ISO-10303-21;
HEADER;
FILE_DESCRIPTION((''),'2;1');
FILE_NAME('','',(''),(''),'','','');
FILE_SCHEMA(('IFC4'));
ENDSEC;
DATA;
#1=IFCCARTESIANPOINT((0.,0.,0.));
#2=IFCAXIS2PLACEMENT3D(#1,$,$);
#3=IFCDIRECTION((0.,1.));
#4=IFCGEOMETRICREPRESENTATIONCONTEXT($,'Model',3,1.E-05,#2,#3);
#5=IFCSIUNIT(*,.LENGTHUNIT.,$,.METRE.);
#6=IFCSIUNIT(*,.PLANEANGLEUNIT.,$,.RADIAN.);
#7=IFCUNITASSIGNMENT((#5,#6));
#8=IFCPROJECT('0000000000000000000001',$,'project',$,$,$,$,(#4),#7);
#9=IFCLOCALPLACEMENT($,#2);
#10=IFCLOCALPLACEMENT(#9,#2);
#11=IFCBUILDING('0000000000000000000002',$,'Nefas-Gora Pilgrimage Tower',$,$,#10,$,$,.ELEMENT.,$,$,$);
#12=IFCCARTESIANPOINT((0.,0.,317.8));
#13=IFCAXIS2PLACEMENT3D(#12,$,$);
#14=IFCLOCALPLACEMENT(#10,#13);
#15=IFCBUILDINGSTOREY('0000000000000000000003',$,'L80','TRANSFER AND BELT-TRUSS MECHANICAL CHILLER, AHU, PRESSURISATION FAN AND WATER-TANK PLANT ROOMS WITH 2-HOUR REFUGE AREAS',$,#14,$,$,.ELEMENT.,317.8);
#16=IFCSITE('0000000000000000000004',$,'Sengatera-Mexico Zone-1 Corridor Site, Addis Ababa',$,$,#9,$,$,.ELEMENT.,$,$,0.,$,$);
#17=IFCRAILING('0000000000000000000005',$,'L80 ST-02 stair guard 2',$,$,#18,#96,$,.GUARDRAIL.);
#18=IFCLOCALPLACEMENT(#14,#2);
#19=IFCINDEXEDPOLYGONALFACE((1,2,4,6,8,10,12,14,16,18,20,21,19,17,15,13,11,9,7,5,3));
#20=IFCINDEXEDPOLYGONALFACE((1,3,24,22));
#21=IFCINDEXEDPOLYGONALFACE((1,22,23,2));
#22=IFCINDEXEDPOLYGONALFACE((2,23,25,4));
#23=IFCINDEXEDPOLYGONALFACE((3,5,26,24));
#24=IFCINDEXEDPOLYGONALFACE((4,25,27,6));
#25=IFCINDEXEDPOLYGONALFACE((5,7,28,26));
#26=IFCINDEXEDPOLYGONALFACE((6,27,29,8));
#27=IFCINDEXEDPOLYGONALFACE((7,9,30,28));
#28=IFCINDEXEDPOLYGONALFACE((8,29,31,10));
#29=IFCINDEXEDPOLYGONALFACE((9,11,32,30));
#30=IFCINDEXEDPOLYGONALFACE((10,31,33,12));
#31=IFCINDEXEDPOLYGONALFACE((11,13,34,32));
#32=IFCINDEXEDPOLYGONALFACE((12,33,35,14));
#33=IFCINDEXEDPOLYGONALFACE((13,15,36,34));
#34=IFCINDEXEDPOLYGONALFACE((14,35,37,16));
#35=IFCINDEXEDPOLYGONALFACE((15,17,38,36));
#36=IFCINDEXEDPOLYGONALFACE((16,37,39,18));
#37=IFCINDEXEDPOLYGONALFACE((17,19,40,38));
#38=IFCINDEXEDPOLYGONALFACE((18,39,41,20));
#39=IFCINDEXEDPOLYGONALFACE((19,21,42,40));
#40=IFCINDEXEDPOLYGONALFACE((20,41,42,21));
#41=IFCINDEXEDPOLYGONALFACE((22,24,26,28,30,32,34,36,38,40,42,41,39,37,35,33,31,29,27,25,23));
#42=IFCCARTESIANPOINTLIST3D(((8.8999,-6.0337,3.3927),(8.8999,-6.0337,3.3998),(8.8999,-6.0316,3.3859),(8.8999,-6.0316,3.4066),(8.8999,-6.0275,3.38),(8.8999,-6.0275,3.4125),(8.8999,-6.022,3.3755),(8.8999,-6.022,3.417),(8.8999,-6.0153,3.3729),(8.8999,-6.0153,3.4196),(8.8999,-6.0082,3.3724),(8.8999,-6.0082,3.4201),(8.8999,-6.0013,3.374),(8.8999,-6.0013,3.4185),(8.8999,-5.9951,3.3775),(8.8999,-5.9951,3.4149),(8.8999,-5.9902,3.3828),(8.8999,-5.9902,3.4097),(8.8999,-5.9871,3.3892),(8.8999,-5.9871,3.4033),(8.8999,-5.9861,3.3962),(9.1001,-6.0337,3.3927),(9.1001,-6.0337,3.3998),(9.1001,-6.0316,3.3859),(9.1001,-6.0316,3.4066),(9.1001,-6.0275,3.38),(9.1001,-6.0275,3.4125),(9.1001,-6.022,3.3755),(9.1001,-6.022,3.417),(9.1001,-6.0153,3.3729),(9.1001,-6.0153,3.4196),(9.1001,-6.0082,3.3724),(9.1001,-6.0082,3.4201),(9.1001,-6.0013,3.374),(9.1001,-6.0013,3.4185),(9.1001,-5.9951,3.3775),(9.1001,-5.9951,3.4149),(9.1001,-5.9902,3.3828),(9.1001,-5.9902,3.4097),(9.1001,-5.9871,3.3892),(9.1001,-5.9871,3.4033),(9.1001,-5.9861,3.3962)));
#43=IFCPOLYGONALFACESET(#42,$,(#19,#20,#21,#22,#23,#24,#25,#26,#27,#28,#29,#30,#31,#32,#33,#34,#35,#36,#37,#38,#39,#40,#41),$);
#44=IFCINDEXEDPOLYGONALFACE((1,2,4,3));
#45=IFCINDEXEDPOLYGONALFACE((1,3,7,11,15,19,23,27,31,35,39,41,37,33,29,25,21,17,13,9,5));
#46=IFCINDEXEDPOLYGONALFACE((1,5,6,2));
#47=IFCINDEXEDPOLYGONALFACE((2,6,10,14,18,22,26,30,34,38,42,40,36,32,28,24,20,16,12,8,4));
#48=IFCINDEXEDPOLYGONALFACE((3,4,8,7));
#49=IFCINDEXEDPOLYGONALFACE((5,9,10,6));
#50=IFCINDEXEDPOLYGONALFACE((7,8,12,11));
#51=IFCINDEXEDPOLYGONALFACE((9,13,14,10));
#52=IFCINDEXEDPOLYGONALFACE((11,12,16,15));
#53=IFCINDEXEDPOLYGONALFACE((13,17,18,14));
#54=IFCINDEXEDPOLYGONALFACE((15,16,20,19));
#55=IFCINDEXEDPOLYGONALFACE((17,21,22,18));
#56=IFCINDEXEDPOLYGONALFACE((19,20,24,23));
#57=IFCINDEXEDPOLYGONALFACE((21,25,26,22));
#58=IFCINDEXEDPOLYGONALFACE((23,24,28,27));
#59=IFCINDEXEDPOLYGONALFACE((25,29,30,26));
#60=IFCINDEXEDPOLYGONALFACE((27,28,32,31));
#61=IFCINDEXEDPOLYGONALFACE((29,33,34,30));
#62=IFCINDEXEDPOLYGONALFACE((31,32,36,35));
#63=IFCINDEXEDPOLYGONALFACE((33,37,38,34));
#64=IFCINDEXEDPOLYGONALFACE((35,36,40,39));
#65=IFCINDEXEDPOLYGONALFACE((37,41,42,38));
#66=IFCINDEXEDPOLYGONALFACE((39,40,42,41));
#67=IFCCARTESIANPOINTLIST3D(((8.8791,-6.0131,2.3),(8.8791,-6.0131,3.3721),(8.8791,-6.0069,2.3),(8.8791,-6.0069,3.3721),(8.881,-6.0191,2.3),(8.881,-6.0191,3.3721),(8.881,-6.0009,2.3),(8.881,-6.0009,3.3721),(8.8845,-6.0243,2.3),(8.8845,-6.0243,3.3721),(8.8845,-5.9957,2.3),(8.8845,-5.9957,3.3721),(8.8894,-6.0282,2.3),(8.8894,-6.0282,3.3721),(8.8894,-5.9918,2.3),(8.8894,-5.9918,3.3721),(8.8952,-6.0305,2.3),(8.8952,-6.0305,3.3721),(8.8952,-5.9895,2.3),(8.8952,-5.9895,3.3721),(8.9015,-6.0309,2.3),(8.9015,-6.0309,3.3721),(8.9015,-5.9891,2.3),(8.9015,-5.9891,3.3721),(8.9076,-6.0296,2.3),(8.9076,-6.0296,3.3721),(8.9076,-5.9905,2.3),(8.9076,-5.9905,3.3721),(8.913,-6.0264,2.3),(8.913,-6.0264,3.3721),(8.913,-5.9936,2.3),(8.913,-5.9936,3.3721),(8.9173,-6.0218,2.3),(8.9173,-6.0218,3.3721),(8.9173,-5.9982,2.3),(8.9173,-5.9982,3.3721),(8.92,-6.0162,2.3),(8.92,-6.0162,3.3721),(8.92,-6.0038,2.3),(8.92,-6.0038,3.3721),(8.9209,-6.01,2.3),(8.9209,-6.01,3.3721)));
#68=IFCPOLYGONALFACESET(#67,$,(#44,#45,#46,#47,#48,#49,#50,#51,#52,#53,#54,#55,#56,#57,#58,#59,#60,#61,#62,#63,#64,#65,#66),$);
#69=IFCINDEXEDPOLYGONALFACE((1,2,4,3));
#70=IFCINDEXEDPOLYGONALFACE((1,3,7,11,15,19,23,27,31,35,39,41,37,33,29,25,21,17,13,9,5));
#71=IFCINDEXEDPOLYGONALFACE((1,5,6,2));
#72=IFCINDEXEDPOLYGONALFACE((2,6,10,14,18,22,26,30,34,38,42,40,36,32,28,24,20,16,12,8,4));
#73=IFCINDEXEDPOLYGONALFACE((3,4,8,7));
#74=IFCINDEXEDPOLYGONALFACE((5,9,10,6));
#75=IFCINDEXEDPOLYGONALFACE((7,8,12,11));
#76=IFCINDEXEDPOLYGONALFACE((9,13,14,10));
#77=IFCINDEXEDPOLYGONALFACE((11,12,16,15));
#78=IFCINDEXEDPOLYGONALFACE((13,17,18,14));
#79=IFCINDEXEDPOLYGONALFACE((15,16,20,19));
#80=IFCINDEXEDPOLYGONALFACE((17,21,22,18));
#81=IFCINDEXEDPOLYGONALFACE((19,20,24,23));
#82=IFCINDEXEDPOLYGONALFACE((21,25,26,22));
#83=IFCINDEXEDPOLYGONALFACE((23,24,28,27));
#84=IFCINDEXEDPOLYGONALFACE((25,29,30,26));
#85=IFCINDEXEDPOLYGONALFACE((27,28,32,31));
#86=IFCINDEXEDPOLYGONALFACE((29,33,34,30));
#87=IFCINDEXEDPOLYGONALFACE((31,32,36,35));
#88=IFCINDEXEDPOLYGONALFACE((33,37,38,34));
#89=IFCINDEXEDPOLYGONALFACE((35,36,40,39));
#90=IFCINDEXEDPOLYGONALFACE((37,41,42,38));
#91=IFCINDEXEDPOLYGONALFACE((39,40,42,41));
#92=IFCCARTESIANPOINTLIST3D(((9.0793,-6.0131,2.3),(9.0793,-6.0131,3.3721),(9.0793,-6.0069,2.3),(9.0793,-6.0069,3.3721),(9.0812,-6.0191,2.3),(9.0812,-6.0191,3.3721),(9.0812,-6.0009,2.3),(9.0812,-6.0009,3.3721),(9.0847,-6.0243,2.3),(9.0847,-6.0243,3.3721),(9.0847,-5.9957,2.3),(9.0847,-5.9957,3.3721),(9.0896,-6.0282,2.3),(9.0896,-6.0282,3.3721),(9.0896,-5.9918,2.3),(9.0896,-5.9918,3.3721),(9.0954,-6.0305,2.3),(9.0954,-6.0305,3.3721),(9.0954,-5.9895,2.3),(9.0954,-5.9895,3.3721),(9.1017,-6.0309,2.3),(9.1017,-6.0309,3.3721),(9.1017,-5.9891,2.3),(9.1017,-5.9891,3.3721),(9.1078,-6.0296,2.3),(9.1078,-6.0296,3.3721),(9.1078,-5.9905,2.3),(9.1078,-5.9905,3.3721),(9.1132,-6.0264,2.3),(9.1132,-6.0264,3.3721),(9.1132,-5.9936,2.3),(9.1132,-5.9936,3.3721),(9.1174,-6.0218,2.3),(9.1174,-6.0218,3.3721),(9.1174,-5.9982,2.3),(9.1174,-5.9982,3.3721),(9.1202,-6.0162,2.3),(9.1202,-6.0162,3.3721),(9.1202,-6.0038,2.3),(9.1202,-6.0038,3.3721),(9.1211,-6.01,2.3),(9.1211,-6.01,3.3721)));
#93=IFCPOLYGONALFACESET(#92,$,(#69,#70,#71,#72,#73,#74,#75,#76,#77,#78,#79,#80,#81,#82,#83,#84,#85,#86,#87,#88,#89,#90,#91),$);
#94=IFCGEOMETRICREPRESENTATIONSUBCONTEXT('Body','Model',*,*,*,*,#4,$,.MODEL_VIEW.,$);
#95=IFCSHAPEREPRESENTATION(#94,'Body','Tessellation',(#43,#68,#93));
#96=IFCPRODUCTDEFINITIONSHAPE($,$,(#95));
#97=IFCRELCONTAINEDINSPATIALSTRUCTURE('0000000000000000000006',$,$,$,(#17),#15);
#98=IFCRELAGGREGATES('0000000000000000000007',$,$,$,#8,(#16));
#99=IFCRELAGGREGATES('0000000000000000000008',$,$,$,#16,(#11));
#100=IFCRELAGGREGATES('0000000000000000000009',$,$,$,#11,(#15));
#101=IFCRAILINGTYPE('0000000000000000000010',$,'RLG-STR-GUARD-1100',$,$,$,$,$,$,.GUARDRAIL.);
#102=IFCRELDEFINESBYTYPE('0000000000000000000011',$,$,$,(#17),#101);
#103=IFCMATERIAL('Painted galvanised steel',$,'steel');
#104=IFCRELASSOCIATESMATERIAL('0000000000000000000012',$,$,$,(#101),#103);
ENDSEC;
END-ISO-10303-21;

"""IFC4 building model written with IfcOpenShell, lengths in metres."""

from ifc_helpers import new_model, si_unit, direction, frame, origin, origin_2d, place, context, subcontext, project, spatial, circle, extrude, material, type_object, element, save


model = new_model("IFC4")

# Units and contexts
model_context = context("Model", 3, precision=1e-05, world=origin(), true_north=direction((0.0, 1.0)))
body_context = subcontext(model_context, "Body", "Model", "MODEL_VIEW")
ifc_project = project(units=[si_unit("LENGTHUNIT", "METRE"), si_unit("PLANEANGLEUNIT", "RADIAN")], contexts=[model_context])

# Site, building, storey
site_placement = place(None, origin())
site = spatial("IfcSite", under=ifc_project, at=site_placement, Name="Sengatera-Mexico Zone-1 Corridor Site, Addis Ababa", CompositionType="ELEMENT", RefElevation=0.0)
building_placement = place(site_placement, origin())
building = spatial("IfcBuilding", under=site, at=building_placement, Name="Nefas-Gora Pilgrimage Tower", CompositionType="ELEMENT")
storey_placement = place(building_placement, frame((0.0, 0.0, 317.8)))
storey = spatial("IfcBuildingStorey", under=building, at=storey_placement, Name="L80", Description="TRANSFER AND BELT-TRUSS MECHANICAL CHILLER, AHU, PRESSURISATION FAN AND WATER-TANK PLANT ROOMS WITH 2-HOUR REFUGE AREAS", CompositionType="ELEMENT", Elevation=317.8)

# Railing
ifc_material_1 = material(Name="Painted galvanised steel", Category="steel")
railing_type_1 = type_object("IfcRailingType", Name="RLG-STR-GUARD-1100", PredefinedType="GUARDRAIL", material=ifc_material_1)
railing_1_placement = place(storey_placement, frame((8.8999, -6.01, 2.3)))
element("IfcRailing", 1, at=railing_1_placement, inside=storey, type_object=railing_type_1, Name="L80 ST-02 stair guard 2", PredefinedType="GUARDRAIL", context=body_context, shape_type="SweptSolid", body=[
    extrude(circle(Radius=0.0239, at=origin_2d()), frame((0.0, 0.0, 1.0962), z_axis=(1.0, 0.0, 0.0), x_axis=(0.0, 1.0, 0.0)), (0.0, 0.0, 1.0), 0.2002),
    extrude(circle(Radius=0.021, at=origin_2d()), origin(), (0.0, 0.0, 1.0), 1.072),
    extrude(circle(Radius=0.021, at=origin_2d()), frame((0.2002, 0.0, 0.0)), (0.0, 0.0, 1.0), 1.072),
])

save(model, "model.ifc")
